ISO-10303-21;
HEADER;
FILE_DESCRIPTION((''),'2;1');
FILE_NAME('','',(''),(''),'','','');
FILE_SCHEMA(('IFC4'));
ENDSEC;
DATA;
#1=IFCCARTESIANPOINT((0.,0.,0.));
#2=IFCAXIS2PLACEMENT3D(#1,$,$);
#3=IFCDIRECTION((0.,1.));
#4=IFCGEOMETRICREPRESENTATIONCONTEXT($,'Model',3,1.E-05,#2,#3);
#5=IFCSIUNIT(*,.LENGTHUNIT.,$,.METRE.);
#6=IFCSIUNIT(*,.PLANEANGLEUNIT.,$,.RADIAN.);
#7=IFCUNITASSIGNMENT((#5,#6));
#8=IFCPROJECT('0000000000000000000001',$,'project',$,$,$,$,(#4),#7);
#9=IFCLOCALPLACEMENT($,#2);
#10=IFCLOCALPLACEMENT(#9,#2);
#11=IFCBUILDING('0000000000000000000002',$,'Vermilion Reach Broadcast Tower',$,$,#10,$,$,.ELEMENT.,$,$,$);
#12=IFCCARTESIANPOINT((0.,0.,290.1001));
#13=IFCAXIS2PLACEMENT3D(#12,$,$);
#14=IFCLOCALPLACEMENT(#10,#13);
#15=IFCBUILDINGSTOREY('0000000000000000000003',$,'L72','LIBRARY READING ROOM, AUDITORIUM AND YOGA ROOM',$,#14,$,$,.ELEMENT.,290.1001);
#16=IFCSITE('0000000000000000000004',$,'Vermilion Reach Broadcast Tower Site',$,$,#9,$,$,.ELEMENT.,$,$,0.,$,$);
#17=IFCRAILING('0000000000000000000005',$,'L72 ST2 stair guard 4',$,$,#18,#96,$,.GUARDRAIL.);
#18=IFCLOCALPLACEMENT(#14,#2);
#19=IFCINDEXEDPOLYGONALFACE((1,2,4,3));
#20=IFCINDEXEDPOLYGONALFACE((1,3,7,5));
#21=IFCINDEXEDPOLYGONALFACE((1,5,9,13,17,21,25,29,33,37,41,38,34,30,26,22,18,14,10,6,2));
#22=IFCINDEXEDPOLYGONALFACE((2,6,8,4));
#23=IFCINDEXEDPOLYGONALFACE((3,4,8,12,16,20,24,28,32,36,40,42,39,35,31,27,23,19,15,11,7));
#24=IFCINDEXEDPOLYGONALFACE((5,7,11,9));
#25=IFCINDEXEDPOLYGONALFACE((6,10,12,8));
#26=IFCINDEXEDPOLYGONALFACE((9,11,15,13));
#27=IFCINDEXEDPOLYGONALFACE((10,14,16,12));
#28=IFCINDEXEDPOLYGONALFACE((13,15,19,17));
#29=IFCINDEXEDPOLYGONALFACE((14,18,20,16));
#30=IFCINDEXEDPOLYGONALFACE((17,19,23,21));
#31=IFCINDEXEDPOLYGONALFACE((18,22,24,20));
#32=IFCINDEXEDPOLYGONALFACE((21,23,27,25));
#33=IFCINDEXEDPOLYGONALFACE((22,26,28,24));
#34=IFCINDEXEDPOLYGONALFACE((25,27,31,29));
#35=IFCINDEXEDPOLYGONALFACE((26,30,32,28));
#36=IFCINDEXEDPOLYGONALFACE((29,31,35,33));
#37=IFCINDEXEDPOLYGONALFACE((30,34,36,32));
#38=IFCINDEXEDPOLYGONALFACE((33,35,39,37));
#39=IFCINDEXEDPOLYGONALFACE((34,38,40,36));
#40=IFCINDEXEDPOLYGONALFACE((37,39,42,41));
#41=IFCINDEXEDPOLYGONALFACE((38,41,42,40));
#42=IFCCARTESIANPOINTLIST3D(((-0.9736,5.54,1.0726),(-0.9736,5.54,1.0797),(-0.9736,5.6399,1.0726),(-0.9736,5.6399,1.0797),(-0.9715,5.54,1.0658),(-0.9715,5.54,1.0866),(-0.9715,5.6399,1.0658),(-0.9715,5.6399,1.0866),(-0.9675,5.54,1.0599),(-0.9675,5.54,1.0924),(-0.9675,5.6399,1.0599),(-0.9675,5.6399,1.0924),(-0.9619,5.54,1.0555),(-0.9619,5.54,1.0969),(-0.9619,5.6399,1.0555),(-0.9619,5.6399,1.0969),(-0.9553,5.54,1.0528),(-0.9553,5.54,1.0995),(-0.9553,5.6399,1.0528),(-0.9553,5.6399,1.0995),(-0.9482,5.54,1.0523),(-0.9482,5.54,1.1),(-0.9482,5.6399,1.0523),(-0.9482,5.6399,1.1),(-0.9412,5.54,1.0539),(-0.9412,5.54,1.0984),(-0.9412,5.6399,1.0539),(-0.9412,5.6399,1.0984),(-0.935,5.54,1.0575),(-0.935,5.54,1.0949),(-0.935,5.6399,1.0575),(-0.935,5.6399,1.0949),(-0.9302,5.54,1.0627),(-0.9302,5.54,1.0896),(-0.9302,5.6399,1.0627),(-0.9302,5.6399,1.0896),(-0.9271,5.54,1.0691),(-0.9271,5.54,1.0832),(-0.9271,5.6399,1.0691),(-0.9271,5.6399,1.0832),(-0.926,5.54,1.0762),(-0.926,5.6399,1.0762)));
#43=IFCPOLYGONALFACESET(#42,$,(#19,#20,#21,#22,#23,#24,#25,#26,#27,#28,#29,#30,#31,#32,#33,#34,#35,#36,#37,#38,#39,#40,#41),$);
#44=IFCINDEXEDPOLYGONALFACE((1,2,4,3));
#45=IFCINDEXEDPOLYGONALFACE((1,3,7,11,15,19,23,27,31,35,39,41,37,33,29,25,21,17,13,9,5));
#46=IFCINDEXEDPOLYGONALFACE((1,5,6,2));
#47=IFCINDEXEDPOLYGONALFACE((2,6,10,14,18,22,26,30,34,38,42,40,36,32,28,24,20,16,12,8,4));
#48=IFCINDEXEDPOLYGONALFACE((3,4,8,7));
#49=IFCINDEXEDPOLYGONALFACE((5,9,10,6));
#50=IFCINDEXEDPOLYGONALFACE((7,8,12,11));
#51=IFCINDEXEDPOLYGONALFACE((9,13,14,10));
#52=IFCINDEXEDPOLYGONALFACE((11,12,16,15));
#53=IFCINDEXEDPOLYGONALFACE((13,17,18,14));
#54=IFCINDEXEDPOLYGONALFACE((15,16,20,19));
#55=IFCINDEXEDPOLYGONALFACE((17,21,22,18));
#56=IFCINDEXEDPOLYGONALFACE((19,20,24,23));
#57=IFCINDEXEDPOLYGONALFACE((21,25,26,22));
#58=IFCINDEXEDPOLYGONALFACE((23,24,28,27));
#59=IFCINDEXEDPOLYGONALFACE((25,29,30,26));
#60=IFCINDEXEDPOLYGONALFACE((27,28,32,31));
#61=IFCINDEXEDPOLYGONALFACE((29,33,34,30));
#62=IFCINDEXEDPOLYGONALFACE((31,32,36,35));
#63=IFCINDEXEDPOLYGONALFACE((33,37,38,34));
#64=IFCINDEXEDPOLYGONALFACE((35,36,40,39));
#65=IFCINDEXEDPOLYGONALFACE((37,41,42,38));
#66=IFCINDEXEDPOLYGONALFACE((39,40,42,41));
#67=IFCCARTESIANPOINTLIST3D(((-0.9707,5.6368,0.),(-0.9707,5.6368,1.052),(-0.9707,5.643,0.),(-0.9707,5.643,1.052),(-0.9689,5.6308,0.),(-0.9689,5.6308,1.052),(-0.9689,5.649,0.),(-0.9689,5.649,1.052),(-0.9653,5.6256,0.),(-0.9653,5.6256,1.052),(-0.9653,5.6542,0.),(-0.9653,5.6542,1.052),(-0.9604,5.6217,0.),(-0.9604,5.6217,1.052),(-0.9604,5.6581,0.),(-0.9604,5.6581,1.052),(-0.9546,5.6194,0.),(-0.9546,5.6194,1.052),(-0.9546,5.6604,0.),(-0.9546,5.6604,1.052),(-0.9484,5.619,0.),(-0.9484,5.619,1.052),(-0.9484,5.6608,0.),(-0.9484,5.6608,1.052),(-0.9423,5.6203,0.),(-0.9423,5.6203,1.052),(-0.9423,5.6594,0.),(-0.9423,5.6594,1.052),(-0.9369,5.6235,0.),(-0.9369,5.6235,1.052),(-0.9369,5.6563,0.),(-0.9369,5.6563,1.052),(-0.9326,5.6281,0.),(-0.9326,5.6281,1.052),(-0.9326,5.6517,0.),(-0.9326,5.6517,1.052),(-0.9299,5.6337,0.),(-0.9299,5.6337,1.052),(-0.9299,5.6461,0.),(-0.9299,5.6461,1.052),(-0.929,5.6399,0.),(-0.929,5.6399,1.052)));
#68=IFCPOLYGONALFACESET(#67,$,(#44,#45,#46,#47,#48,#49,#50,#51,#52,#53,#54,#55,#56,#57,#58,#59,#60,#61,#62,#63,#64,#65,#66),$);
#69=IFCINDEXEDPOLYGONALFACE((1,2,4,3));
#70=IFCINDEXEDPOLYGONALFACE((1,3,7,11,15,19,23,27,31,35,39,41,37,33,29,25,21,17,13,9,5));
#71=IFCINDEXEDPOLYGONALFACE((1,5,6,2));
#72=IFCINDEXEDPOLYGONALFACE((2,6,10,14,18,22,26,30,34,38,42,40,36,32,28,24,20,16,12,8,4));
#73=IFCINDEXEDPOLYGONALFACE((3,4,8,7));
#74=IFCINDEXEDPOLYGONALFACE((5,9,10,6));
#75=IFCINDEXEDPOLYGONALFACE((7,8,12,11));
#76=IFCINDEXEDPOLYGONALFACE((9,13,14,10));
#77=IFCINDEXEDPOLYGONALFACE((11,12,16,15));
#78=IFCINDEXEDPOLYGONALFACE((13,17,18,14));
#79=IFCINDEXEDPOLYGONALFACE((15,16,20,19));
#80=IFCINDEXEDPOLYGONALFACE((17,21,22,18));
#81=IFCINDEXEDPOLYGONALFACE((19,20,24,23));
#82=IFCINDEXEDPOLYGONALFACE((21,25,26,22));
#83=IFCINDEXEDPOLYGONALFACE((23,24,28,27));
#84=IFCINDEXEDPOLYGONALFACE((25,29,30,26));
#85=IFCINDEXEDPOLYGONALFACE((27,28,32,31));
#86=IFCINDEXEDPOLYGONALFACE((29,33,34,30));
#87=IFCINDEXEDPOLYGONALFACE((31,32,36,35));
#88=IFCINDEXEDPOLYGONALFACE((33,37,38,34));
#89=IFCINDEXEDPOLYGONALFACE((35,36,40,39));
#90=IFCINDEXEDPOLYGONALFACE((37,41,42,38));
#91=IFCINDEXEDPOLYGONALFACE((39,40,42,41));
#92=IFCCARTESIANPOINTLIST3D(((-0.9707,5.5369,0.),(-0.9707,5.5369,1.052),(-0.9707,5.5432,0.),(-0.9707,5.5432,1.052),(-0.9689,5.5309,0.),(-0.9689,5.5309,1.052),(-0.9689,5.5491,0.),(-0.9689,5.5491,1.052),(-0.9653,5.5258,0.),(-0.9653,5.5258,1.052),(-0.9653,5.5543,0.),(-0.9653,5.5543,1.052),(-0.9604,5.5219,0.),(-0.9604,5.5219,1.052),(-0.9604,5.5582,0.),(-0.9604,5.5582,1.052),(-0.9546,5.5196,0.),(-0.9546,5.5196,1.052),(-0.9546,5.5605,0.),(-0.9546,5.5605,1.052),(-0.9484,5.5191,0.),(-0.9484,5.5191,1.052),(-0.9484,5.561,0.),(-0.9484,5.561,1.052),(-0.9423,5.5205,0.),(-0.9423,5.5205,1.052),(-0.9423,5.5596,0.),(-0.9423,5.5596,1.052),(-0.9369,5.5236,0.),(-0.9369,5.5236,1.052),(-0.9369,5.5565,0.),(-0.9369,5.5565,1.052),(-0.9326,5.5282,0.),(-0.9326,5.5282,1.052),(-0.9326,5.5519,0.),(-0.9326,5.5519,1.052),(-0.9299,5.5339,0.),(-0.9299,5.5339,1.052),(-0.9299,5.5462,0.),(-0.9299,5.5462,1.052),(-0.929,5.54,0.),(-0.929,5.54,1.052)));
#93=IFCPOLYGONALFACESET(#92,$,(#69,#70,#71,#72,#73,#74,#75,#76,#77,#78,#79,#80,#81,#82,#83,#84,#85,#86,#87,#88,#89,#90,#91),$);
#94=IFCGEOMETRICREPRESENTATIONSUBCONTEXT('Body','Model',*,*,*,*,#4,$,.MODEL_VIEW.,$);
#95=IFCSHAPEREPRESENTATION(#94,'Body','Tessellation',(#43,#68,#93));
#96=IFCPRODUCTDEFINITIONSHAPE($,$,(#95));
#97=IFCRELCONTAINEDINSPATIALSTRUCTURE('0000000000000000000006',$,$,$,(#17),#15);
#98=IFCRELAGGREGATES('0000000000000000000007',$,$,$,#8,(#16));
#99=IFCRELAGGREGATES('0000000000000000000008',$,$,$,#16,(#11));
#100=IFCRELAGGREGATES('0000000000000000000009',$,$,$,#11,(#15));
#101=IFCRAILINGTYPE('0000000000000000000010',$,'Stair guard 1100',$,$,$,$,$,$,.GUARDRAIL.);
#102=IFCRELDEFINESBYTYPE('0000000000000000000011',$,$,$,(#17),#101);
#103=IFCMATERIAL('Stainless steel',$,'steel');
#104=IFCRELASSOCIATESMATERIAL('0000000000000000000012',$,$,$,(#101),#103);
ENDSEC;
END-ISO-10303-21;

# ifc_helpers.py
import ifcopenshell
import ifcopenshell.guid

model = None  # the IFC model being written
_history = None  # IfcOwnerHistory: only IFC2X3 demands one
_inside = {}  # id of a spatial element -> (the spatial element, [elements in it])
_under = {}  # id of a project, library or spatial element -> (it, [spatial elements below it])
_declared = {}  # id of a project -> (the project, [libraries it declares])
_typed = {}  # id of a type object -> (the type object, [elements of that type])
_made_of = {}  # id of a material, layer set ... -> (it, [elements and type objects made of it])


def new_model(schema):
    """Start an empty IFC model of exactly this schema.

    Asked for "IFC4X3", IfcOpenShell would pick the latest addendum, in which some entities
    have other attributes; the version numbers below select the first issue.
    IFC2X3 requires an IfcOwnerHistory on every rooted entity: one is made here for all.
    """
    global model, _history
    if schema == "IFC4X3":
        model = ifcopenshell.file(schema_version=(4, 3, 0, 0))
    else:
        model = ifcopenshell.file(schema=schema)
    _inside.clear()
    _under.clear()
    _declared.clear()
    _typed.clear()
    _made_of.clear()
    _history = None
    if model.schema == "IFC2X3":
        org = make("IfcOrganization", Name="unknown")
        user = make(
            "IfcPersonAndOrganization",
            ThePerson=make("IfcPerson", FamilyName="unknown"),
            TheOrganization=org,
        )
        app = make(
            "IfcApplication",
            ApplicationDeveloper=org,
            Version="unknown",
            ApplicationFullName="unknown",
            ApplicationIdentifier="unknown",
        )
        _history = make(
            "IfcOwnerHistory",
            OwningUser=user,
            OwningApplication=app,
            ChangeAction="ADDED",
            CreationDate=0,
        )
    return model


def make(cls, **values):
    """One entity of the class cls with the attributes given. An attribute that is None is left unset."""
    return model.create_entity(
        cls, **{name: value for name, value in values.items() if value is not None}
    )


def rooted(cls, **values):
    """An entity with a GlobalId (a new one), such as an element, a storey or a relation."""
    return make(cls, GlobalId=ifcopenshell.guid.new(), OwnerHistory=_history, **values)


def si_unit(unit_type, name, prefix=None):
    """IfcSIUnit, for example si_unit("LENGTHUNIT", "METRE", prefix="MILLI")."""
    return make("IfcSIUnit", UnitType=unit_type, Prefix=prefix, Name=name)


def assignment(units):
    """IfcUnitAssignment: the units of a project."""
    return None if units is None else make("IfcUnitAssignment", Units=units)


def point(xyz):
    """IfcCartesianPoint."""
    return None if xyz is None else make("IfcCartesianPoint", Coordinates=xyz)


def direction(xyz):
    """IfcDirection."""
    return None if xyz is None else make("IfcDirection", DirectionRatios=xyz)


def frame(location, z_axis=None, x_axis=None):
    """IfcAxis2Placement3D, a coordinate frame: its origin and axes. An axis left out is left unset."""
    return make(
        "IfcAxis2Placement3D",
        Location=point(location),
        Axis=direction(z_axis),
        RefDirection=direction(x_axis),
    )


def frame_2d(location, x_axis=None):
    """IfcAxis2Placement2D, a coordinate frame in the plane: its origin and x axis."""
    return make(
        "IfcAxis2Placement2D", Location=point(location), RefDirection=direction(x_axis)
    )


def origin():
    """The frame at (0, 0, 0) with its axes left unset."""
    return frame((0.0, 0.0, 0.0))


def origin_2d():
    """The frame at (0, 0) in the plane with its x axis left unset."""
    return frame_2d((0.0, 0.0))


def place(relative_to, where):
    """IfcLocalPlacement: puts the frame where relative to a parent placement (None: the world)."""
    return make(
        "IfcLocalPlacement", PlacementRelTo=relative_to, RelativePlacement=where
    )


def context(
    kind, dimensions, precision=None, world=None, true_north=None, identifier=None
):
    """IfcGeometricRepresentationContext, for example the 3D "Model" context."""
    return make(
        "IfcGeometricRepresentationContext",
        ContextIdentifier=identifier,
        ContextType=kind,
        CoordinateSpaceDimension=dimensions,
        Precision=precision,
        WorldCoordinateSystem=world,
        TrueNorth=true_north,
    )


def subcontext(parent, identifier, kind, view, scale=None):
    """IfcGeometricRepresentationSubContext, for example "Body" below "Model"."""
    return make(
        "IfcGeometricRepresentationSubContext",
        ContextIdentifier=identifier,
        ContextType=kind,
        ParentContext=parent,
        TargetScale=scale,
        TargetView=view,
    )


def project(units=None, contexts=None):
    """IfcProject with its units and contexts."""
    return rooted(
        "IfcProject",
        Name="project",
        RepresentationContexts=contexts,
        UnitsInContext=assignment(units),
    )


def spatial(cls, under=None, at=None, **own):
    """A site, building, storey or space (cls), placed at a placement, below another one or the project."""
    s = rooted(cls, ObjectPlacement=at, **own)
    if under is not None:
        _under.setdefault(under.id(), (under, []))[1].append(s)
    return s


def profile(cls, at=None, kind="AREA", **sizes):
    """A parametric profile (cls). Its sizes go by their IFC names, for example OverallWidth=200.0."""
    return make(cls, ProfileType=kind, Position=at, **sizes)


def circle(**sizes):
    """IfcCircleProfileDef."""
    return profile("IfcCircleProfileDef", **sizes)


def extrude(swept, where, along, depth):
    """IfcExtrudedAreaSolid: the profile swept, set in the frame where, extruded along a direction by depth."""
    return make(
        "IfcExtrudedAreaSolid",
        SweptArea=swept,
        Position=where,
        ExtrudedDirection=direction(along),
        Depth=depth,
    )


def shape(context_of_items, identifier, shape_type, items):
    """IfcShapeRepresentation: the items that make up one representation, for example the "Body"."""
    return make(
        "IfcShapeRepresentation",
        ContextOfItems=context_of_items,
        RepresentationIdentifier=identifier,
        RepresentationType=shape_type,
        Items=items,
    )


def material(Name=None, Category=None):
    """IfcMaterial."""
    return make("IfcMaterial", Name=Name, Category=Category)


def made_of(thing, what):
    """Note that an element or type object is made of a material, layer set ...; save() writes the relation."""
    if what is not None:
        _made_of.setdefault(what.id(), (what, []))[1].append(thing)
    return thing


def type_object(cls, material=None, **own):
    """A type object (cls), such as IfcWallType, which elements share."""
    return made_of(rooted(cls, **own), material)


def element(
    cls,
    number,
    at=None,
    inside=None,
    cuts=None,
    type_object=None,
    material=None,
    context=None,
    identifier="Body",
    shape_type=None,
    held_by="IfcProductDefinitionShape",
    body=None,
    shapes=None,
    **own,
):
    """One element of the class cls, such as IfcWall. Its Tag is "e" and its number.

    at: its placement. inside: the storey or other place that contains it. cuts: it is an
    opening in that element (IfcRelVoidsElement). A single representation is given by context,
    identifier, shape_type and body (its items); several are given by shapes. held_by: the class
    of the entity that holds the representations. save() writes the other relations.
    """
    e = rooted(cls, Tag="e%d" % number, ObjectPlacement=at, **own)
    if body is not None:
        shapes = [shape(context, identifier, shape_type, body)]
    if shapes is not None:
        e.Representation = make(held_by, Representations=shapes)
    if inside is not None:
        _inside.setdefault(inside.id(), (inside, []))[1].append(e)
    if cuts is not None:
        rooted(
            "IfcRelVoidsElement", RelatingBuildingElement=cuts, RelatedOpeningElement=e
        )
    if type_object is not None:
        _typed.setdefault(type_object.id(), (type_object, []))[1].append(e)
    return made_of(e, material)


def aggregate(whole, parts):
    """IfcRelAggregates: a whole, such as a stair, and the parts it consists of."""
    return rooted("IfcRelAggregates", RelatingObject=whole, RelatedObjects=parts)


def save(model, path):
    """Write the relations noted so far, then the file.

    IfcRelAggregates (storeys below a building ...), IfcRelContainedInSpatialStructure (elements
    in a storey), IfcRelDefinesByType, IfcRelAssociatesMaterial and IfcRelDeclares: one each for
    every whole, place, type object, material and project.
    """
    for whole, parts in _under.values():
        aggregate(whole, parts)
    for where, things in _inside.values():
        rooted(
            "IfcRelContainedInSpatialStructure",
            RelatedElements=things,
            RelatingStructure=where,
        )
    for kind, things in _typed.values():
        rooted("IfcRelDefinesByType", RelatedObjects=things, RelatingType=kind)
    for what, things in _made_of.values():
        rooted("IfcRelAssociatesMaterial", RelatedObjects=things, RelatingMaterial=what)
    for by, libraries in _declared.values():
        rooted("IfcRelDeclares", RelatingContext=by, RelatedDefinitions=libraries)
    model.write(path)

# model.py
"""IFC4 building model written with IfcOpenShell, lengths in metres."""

from ifc_helpers import new_model, si_unit, direction, frame, origin, origin_2d, place, context, subcontext, project, spatial, circle, extrude, material, type_object, element, save


model = new_model("IFC4")

# Units and contexts
model_context = context("Model", 3, precision=1e-05, world=origin(), true_north=direction((0.0, 1.0)))
body_context = subcontext(model_context, "Body", "Model", "MODEL_VIEW")
ifc_project = project(units=[si_unit("LENGTHUNIT", "METRE"), si_unit("PLANEANGLEUNIT", "RADIAN")], contexts=[model_context])

# Site, building, storey
site_placement = place(None, origin())
site = spatial("IfcSite", under=ifc_project, at=site_placement, Name="Vermilion Reach Broadcast Tower Site", CompositionType="ELEMENT", RefElevation=0.0)
building_placement = place(site_placement, origin())
building = spatial("IfcBuilding", under=site, at=building_placement, Name="Vermilion Reach Broadcast Tower", CompositionType="ELEMENT")
storey_placement = place(building_placement, frame((0.0, 0.0, 290.1001)))
storey = spatial("IfcBuildingStorey", under=building, at=storey_placement, Name="L72", Description="LIBRARY READING ROOM, AUDITORIUM AND YOGA ROOM", CompositionType="ELEMENT", Elevation=290.1001)

# Railing
ifc_material_1 = material(Name="Stainless steel", Category="steel")
railing_type_1 = type_object("IfcRailingType", Name="Stair guard 1100", PredefinedType="GUARDRAIL", material=ifc_material_1)
railing_1_placement = place(storey_placement, frame((-0.95, 5.6399, 0.0)))
element("IfcRailing", 1, at=railing_1_placement, inside=storey, type_object=railing_type_1, Name="L72 ST2 stair guard 4", PredefinedType="GUARDRAIL", context=body_context, shape_type="SweptSolid", body=[
    extrude(circle(Radius=0.0239, at=origin_2d()), frame((0.0, 0.0, 1.0762), z_axis=(0.0, -1.0, 0.0), x_axis=(1.0, 0.0, 0.0)), (0.0, 0.0, 1.0), 0.0999),
    extrude(circle(Radius=0.021, at=origin_2d()), origin(), (0.0, 0.0, 1.0), 1.052),
    extrude(circle(Radius=0.021, at=origin_2d()), frame((0.0, -0.0999, 0.0)), (0.0, 0.0, 1.0), 1.052),
])

save(model, "model.ifc")
